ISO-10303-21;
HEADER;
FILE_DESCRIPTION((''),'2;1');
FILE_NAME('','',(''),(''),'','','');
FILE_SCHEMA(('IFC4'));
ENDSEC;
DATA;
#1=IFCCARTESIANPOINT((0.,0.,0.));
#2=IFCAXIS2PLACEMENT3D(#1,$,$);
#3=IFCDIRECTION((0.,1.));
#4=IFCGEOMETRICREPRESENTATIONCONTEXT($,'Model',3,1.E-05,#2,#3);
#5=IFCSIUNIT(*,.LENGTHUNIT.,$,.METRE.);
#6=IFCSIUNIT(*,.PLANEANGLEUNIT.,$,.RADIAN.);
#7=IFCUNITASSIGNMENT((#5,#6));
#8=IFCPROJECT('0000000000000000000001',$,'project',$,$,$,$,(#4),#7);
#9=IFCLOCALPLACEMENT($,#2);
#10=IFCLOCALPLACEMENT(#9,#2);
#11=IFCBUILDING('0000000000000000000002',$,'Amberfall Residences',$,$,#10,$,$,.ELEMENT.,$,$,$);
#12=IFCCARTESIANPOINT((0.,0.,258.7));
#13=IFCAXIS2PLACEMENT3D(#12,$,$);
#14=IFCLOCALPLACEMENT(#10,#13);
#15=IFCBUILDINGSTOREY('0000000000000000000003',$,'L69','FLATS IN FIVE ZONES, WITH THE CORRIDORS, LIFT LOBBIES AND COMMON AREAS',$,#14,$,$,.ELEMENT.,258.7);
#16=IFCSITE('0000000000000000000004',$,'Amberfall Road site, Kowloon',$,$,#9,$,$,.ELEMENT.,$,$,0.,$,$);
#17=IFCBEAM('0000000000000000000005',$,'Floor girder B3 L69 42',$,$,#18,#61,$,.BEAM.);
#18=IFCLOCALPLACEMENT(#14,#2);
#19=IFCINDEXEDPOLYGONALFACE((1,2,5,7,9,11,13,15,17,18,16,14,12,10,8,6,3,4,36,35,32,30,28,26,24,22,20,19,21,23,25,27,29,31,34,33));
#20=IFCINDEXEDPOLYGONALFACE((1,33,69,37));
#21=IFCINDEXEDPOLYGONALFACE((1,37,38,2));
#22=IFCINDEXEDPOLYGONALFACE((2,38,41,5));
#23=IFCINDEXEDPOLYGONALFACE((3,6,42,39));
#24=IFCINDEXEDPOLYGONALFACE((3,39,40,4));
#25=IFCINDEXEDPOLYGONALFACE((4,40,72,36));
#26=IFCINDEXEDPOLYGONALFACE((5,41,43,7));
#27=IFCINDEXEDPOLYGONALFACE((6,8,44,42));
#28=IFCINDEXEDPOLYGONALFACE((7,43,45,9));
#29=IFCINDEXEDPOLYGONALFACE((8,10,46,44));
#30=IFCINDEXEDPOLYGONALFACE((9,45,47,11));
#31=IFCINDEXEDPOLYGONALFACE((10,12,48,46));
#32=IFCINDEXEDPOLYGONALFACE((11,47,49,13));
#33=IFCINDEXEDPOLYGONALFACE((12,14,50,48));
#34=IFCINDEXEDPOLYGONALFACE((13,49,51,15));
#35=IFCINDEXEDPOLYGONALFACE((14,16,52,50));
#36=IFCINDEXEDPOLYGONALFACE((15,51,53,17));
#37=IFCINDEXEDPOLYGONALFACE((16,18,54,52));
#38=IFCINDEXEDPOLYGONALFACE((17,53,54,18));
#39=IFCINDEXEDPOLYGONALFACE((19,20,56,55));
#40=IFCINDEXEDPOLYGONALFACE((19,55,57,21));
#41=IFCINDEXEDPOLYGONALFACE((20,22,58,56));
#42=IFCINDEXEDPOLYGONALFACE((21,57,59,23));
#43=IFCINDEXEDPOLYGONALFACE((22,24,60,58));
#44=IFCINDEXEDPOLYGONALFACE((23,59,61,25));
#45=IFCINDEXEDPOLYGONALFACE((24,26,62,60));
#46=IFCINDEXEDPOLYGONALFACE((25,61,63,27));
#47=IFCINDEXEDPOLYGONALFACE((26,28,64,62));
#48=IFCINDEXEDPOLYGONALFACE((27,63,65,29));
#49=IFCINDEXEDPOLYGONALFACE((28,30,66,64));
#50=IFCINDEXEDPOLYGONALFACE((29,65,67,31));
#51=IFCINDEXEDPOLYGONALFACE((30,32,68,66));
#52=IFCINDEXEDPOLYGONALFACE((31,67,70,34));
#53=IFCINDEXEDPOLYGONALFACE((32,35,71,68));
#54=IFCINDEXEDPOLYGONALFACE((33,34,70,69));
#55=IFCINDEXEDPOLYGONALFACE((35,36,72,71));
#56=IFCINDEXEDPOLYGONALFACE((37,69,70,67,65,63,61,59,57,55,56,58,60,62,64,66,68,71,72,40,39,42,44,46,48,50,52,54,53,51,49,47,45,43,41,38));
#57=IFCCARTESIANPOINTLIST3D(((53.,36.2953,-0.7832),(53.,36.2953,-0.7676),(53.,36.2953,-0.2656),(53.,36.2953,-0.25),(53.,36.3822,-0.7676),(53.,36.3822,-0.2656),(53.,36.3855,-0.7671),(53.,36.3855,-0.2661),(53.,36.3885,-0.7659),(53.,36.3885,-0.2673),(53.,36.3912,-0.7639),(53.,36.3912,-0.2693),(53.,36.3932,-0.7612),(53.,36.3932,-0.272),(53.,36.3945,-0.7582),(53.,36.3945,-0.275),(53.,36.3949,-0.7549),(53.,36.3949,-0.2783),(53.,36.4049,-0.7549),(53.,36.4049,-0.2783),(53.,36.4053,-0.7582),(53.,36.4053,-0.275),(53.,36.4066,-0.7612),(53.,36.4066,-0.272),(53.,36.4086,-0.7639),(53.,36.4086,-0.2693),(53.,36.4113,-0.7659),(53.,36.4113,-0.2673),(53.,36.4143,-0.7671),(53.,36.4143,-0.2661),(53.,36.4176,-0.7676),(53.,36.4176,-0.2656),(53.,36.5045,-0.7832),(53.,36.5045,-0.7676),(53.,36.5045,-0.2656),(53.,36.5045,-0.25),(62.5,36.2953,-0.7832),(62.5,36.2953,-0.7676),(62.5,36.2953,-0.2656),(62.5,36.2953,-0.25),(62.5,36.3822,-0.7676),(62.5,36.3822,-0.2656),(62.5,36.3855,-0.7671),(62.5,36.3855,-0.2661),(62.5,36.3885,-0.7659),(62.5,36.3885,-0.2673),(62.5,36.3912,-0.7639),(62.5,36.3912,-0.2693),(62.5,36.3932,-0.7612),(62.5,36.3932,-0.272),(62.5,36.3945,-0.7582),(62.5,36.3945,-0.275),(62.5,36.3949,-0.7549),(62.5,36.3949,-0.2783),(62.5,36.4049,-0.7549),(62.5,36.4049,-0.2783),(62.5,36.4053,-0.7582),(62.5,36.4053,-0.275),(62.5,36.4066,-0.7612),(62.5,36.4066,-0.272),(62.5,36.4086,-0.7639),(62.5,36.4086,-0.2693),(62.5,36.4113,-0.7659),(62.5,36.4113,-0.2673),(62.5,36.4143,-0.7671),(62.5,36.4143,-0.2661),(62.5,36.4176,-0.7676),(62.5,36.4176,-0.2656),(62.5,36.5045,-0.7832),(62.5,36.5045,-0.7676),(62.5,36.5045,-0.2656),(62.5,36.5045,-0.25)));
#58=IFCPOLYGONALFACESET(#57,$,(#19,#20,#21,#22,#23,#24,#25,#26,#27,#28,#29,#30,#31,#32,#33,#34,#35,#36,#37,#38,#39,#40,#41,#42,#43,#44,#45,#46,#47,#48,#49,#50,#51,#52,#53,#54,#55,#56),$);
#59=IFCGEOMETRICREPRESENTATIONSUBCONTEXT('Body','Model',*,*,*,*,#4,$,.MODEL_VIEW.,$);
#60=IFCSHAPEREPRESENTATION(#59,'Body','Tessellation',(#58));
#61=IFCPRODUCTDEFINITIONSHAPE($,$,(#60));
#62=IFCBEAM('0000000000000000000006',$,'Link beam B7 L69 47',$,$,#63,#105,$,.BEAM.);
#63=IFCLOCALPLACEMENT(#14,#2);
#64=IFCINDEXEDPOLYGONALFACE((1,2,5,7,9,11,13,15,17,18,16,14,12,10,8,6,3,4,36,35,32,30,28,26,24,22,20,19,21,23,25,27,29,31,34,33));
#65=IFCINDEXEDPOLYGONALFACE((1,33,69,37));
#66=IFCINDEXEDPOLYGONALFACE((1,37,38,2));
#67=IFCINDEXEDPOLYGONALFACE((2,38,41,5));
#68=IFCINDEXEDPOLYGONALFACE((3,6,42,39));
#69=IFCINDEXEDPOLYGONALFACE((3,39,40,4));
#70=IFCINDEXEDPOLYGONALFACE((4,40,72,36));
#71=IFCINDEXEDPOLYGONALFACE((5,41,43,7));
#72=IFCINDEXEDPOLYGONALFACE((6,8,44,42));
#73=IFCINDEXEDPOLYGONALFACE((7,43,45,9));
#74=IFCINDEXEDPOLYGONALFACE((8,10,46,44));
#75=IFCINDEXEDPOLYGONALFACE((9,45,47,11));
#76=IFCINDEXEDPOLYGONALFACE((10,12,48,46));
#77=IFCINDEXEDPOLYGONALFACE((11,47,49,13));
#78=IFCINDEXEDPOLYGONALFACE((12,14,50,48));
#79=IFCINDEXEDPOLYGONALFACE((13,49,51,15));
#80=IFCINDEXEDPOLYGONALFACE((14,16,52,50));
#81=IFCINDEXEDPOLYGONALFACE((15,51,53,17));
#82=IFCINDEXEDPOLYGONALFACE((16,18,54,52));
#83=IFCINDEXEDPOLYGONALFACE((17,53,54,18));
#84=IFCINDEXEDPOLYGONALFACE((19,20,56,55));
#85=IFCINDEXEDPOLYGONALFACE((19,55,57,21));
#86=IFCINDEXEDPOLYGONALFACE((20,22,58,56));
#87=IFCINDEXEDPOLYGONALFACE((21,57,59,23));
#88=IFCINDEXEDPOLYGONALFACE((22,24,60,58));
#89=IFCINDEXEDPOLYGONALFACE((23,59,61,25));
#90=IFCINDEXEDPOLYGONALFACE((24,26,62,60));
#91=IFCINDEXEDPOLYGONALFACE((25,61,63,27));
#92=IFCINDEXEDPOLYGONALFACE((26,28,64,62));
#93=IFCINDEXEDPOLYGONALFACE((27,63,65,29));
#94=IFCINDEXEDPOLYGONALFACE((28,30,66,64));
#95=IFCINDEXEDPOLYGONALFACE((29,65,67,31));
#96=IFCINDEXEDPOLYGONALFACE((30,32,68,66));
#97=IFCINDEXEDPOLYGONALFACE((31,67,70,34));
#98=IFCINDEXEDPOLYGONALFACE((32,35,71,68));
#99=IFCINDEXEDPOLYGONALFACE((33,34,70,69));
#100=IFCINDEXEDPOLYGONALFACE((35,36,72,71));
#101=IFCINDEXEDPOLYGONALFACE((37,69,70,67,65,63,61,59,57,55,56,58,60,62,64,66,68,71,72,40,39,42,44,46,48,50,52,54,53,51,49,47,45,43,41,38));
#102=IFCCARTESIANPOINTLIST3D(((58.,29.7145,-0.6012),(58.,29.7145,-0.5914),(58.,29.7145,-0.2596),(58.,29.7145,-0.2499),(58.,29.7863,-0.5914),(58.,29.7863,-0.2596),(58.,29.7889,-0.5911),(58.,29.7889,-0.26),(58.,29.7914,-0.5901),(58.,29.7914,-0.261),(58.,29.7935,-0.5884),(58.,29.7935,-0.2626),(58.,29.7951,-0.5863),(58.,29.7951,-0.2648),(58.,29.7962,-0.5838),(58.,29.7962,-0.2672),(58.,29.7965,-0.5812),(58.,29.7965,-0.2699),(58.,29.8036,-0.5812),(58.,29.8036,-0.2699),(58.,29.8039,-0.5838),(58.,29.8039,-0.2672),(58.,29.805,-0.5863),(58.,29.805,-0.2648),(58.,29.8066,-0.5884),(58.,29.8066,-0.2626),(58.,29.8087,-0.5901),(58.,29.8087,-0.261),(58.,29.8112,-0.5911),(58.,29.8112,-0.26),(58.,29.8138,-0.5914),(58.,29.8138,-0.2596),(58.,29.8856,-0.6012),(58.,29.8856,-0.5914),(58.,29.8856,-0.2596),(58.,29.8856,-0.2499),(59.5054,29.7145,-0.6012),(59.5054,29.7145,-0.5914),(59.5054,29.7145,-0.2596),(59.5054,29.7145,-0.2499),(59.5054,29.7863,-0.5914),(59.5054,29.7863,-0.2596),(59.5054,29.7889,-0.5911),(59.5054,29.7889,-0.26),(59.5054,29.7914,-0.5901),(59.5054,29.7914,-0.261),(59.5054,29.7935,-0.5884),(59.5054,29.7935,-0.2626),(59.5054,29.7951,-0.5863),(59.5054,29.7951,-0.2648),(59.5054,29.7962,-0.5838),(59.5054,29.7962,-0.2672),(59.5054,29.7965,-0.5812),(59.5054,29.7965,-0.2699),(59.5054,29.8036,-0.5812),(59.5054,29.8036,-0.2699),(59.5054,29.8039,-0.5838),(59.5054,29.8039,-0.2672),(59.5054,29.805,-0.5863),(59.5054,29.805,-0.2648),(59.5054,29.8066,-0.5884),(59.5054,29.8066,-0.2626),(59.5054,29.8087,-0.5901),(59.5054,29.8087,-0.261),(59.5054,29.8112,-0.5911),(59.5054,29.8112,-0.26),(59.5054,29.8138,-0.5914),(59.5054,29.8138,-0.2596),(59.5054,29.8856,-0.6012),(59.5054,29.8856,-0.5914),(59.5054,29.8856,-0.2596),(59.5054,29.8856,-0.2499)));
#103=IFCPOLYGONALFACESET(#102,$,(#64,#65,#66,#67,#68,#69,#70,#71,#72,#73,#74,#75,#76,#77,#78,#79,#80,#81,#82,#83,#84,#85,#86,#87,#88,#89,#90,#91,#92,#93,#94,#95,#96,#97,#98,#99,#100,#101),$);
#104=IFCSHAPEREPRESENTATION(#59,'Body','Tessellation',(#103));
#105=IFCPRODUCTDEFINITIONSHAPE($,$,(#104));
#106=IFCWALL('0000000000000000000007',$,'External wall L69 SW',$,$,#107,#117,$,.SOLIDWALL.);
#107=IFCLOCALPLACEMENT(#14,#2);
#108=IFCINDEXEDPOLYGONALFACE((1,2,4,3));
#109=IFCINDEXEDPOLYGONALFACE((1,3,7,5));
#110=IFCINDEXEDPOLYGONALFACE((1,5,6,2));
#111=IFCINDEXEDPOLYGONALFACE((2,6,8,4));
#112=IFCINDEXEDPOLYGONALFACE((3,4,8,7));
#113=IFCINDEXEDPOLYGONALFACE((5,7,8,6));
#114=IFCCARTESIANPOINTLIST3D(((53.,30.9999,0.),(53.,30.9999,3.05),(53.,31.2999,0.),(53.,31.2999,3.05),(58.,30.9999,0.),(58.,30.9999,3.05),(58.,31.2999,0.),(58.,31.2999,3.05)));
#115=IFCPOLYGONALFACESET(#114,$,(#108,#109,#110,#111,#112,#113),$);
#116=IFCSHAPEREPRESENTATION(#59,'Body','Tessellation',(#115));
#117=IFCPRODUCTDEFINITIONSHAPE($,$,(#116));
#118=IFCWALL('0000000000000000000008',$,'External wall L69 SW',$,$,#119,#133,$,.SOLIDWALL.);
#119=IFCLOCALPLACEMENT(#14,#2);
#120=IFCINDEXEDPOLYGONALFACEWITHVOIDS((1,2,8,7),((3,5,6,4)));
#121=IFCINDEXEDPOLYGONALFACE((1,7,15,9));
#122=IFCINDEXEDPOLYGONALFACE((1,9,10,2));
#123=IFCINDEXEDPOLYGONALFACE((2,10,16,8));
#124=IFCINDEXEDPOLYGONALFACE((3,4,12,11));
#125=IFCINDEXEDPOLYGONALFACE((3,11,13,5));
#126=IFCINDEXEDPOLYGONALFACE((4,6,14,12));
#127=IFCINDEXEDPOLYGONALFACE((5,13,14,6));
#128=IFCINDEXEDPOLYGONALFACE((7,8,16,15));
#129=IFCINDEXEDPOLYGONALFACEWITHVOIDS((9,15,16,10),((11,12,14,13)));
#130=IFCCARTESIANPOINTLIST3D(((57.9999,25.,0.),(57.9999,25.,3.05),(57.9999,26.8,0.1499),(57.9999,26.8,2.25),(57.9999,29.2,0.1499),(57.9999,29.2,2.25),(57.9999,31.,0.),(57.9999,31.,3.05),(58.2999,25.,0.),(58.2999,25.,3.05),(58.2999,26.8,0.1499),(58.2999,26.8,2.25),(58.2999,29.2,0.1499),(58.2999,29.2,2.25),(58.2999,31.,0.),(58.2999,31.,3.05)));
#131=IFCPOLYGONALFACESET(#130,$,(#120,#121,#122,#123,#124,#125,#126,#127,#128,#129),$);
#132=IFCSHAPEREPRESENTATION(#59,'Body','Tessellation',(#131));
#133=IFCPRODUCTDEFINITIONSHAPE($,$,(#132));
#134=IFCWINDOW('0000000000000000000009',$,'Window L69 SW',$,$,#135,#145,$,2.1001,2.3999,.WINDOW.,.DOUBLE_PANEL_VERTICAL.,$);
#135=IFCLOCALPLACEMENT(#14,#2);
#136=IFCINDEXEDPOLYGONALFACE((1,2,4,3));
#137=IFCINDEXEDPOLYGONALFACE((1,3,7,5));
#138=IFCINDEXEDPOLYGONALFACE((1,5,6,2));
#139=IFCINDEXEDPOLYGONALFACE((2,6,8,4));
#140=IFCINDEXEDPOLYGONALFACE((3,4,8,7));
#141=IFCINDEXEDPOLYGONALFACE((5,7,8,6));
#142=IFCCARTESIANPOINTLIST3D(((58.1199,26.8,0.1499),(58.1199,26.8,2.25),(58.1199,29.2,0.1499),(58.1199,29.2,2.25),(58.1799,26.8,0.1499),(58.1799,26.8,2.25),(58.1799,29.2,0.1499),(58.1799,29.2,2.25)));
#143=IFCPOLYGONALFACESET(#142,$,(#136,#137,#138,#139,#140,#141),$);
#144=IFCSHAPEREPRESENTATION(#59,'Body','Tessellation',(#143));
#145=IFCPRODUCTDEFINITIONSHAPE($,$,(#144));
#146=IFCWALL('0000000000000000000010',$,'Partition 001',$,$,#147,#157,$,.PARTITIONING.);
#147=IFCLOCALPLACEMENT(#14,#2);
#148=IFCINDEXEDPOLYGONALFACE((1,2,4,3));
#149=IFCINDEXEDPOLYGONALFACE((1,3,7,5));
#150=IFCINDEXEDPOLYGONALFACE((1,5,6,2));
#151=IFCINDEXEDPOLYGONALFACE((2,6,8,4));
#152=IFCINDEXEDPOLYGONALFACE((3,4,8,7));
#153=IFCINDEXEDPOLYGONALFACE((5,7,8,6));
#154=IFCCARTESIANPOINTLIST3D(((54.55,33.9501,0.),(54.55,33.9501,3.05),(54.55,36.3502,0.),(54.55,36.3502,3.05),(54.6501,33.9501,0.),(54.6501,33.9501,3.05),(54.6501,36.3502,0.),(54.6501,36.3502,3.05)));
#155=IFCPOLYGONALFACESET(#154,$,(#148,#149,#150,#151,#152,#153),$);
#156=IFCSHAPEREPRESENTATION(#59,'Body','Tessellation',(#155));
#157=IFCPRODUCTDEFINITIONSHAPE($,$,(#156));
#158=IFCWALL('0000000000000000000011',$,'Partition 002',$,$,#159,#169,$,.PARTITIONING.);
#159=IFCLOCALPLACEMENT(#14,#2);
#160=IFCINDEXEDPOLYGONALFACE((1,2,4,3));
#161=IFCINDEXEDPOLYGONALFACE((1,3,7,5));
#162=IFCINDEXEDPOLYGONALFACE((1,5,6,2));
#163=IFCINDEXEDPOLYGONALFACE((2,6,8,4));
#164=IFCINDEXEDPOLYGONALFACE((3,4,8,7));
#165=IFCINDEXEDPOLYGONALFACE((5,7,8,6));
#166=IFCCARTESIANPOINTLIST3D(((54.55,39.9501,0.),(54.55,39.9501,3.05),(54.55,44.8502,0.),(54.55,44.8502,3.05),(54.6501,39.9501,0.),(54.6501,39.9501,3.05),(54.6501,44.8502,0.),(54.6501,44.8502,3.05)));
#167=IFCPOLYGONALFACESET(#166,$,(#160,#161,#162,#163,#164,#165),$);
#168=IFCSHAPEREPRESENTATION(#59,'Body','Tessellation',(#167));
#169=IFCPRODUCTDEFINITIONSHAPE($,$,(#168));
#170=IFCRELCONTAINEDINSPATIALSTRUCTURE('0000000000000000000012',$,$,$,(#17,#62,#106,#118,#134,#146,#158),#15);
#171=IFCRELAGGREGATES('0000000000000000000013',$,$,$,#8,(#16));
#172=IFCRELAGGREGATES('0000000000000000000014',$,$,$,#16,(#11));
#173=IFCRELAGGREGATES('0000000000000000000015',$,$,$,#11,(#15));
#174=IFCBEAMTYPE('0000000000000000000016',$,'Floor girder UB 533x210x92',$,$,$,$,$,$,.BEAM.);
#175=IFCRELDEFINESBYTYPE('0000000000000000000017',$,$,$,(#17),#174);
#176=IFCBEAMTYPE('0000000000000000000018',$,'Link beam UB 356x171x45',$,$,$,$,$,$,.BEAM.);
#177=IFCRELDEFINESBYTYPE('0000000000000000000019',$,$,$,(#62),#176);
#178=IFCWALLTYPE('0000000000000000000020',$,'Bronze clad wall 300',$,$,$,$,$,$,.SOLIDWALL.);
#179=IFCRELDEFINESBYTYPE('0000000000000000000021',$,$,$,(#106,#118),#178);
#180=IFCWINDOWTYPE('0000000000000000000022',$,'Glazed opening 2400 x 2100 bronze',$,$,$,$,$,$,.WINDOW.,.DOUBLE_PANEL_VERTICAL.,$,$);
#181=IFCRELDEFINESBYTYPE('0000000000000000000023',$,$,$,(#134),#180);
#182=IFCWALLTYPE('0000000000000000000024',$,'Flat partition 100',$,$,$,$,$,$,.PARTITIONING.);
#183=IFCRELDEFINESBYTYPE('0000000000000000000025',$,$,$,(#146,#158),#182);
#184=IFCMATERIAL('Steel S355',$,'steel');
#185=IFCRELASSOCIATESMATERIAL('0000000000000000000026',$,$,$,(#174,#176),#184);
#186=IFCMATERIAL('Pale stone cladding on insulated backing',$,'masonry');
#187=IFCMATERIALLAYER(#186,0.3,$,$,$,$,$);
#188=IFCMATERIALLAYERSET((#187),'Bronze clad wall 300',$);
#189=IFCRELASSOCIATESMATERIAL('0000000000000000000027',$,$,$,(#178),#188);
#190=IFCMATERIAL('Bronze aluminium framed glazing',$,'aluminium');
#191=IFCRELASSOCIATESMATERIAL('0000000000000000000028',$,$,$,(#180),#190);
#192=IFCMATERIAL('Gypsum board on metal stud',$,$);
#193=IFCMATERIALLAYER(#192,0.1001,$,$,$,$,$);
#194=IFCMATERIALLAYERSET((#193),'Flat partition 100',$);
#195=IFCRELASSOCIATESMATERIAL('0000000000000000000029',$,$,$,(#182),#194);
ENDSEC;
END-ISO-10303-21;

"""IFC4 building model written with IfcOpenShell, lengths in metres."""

from ifc_helpers import new_model, si_unit, direction, frame, frame_2d, origin, origin_2d, place, context, subcontext, project, spatial, rectangle, i_section, extrude, material, layer, layer_set, material_profile, profile_set, type_object, element, fill, save


model = new_model("IFC4")

# Units and contexts
model_context = context("Model", 3, precision=1e-05, world=origin(), true_north=direction((0.0, 1.0)))
body_context = subcontext(model_context, "Body", "Model", "MODEL_VIEW")
ifc_project = project(units=[si_unit("LENGTHUNIT", "METRE"), si_unit("PLANEANGLEUNIT", "RADIAN")], contexts=[model_context])

# Site, building, storey
site_placement = place(None, origin())
site = spatial("IfcSite", under=ifc_project, at=site_placement, Name="Amberfall Road site, Kowloon", CompositionType="ELEMENT", RefElevation=0.0)
building_placement = place(site_placement, origin())
building = spatial("IfcBuilding", under=site, at=building_placement, Name="Amberfall Residences", CompositionType="ELEMENT")
storey_placement = place(building_placement, frame((0.0, 0.0, 258.7)))
storey = spatial("IfcBuildingStorey", under=building, at=storey_placement, Name="L69", Description="FLATS IN FIVE ZONES, WITH THE CORRIDORS, LIFT LOBBIES AND COMMON AREAS", CompositionType="ELEMENT", Elevation=258.7)

# Beams
ifc_material_1 = material(Name="Steel S355", Category="steel")
ifc_material_profile_1 = material_profile(ifc_material_1, i_section(OverallWidth=0.2092, OverallDepth=0.5332, WebThickness=0.01, FlangeThickness=0.0156, FilletRadius=0.0127, at=origin_2d()), Name="UB 533x210x92")
ifc_profile_set_1 = profile_set([ifc_material_profile_1], Name="Steel S355")
beam_type_1 = type_object("IfcBeamType", Name="Floor girder UB 533x210x92", PredefinedType="BEAM", material=ifc_profile_set_1)
beam_1_placement = place(storey_placement, frame((53.0, 36.3999, -0.5166), z_axis=(1.0, 0.0, 0.0), x_axis=(0.0, 1.0, 0.0)))
element("IfcBeam", 1, at=beam_1_placement, inside=storey, type_object=beam_type_1, Name="Floor girder B3 L69 42", PredefinedType="BEAM", context=body_context, shape_type="SweptSolid", body=[
    extrude(i_section(OverallWidth=0.2092, OverallDepth=0.5332, WebThickness=0.01, FlangeThickness=0.0156, FilletRadius=0.0127, at=origin_2d()), origin(), (0.0, 0.0, 1.0), 9.5),
])
ifc_material_profile_2 = material_profile(ifc_material_1, i_section(OverallWidth=0.1711, OverallDepth=0.3513, WebThickness=0.0071, FlangeThickness=0.0098, FilletRadius=0.0103, at=origin_2d()), Name="UB 356x171x45")
ifc_profile_set_2 = profile_set([ifc_material_profile_2], Name="Steel S355")
beam_type_2 = type_object("IfcBeamType", Name="Link beam UB 356x171x45", PredefinedType="BEAM", material=ifc_profile_set_2)
beam_2_placement = place(storey_placement, frame((58.0, 29.8, -0.4255), z_axis=(1.0, 0.0, 0.0), x_axis=(0.0, 1.0, 0.0)))
element("IfcBeam", 2, at=beam_2_placement, inside=storey, type_object=beam_type_2, Name="Link beam B7 L69 47", PredefinedType="BEAM", context=body_context, shape_type="SweptSolid", body=[
    extrude(i_section(OverallWidth=0.1711, OverallDepth=0.3513, WebThickness=0.0071, FlangeThickness=0.0098, FilletRadius=0.0103, at=origin_2d()), origin(), (0.0, 0.0, 1.0), 1.5054),
])

# Wall
ifc_material_2 = material(Name="Pale stone cladding on insulated backing", Category="masonry")
ifc_layer_1 = layer(ifc_material_2, 0.3)
ifc_layer_set_1 = layer_set([ifc_layer_1], Name="Bronze clad wall 300")
wall_type_1 = type_object("IfcWallType", Name="Bronze clad wall 300", PredefinedType="SOLIDWALL", material=ifc_layer_set_1)
wall_1_placement = place(storey_placement, frame((53.0, 31.1499, 0.0), z_axis=(0.0, 0.0, 1.0), x_axis=(1.0, 0.0, 0.0)))
element("IfcWall", 3, at=wall_1_placement, inside=storey, type_object=wall_type_1, Name="External wall L69 SW", PredefinedType="SOLIDWALL", context=body_context, shape_type="SweptSolid", body=[
    extrude(rectangle(XDim=5.0, YDim=0.3, at=frame_2d((2.5, 0.0))), origin(), (0.0, 0.0, 1.0), 3.05),
])

# Wall, opening, window
wall_2_placement = place(storey_placement, frame((58.1499, 31.0, 0.0), z_axis=(0.0, 0.0, 1.0), x_axis=(0.0, -1.0, 0.0)))
wall_2 = element("IfcWall", 4, at=wall_2_placement, inside=storey, type_object=wall_type_1, Name="External wall L69 SW", PredefinedType="SOLIDWALL", context=body_context, shape_type="SweptSolid", body=[
    extrude(rectangle(XDim=6.0, YDim=0.3, at=frame_2d((3.0, 0.0))), origin(), (0.0, 0.0, 1.0), 3.05),
])
opening_1_placement = place(wall_2_placement, frame((1.8, 0.0, 0.1499)))
opening_1 = element("IfcOpeningElement", 5, at=opening_1_placement, cuts=wall_2, PredefinedType="OPENING", context=body_context, shape_type="SweptSolid", body=[
    extrude(rectangle(XDim=2.3999, YDim=2.1001, at=frame_2d((1.2, 1.05))), frame((0.0, 0.1599, 0.0), z_axis=(0.0, -1.0, 0.0), x_axis=(1.0, 0.0, 0.0)), (0.0, 0.0, 1.0), 0.3201),
])
ifc_material_3 = material(Name="Bronze aluminium framed glazing", Category="aluminium")
window_type = type_object("IfcWindowType", Name="Glazed opening 2400 x 2100 bronze", PartitioningType="DOUBLE_PANEL_VERTICAL", PredefinedType="WINDOW", material=ifc_material_3)
window_placement = place(opening_1_placement, origin())
window = element("IfcWindow", 6, at=window_placement, inside=storey, type_object=window_type, Name="Window L69 SW", OverallHeight=2.1001, OverallWidth=2.3999, PartitioningType="DOUBLE_PANEL_VERTICAL", PredefinedType="WINDOW", context=body_context, shape_type="SweptSolid", body=[
    extrude(rectangle(XDim=2.3999, YDim=2.1001, at=frame_2d((1.2, 1.05))), frame((0.0, 0.03, 0.0), z_axis=(0.0, -1.0, 0.0), x_axis=(1.0, 0.0, 0.0)), (0.0, 0.0, 1.0), 0.0601),
])
fill(opening_1, window)

# Walls
ifc_material_4 = material(Name="Gypsum board on metal stud")
ifc_layer_2 = layer(ifc_material_4, 0.1001)
ifc_layer_set_2 = layer_set([ifc_layer_2], Name="Flat partition 100")
wall_type_2 = type_object("IfcWallType", Name="Flat partition 100", PredefinedType="PARTITIONING", material=ifc_layer_set_2)
wall_3_placement = place(storey_placement, frame((54.6001, 33.95, 0.0), z_axis=(0.0, 0.0, 1.0), x_axis=(0.0, 1.0, 0.0)))
element("IfcWall", 7, at=wall_3_placement, inside=storey, type_object=wall_type_2, Name="Partition 001", PredefinedType="PARTITIONING", context=body_context, shape_type="SweptSolid", body=[
    extrude(rectangle(XDim=2.4001, YDim=0.1001, at=frame_2d((1.2002, 0.0))), origin(), (0.0, 0.0, 1.0), 3.05),
])
wall_4_placement = place(storey_placement, frame((54.6001, 39.95, 0.0), z_axis=(0.0, 0.0, 1.0), x_axis=(0.0, 1.0, 0.0)))
element("IfcWall", 8, at=wall_4_placement, inside=storey, type_object=wall_type_2, Name="Partition 002", PredefinedType="PARTITIONING", context=body_context, shape_type="SweptSolid", body=[
    extrude(rectangle(XDim=4.9001, YDim=0.1001, at=frame_2d((2.4502, 0.0))), origin(), (0.0, 0.0, 1.0), 3.05),
])

save(model, "model.ifc")
